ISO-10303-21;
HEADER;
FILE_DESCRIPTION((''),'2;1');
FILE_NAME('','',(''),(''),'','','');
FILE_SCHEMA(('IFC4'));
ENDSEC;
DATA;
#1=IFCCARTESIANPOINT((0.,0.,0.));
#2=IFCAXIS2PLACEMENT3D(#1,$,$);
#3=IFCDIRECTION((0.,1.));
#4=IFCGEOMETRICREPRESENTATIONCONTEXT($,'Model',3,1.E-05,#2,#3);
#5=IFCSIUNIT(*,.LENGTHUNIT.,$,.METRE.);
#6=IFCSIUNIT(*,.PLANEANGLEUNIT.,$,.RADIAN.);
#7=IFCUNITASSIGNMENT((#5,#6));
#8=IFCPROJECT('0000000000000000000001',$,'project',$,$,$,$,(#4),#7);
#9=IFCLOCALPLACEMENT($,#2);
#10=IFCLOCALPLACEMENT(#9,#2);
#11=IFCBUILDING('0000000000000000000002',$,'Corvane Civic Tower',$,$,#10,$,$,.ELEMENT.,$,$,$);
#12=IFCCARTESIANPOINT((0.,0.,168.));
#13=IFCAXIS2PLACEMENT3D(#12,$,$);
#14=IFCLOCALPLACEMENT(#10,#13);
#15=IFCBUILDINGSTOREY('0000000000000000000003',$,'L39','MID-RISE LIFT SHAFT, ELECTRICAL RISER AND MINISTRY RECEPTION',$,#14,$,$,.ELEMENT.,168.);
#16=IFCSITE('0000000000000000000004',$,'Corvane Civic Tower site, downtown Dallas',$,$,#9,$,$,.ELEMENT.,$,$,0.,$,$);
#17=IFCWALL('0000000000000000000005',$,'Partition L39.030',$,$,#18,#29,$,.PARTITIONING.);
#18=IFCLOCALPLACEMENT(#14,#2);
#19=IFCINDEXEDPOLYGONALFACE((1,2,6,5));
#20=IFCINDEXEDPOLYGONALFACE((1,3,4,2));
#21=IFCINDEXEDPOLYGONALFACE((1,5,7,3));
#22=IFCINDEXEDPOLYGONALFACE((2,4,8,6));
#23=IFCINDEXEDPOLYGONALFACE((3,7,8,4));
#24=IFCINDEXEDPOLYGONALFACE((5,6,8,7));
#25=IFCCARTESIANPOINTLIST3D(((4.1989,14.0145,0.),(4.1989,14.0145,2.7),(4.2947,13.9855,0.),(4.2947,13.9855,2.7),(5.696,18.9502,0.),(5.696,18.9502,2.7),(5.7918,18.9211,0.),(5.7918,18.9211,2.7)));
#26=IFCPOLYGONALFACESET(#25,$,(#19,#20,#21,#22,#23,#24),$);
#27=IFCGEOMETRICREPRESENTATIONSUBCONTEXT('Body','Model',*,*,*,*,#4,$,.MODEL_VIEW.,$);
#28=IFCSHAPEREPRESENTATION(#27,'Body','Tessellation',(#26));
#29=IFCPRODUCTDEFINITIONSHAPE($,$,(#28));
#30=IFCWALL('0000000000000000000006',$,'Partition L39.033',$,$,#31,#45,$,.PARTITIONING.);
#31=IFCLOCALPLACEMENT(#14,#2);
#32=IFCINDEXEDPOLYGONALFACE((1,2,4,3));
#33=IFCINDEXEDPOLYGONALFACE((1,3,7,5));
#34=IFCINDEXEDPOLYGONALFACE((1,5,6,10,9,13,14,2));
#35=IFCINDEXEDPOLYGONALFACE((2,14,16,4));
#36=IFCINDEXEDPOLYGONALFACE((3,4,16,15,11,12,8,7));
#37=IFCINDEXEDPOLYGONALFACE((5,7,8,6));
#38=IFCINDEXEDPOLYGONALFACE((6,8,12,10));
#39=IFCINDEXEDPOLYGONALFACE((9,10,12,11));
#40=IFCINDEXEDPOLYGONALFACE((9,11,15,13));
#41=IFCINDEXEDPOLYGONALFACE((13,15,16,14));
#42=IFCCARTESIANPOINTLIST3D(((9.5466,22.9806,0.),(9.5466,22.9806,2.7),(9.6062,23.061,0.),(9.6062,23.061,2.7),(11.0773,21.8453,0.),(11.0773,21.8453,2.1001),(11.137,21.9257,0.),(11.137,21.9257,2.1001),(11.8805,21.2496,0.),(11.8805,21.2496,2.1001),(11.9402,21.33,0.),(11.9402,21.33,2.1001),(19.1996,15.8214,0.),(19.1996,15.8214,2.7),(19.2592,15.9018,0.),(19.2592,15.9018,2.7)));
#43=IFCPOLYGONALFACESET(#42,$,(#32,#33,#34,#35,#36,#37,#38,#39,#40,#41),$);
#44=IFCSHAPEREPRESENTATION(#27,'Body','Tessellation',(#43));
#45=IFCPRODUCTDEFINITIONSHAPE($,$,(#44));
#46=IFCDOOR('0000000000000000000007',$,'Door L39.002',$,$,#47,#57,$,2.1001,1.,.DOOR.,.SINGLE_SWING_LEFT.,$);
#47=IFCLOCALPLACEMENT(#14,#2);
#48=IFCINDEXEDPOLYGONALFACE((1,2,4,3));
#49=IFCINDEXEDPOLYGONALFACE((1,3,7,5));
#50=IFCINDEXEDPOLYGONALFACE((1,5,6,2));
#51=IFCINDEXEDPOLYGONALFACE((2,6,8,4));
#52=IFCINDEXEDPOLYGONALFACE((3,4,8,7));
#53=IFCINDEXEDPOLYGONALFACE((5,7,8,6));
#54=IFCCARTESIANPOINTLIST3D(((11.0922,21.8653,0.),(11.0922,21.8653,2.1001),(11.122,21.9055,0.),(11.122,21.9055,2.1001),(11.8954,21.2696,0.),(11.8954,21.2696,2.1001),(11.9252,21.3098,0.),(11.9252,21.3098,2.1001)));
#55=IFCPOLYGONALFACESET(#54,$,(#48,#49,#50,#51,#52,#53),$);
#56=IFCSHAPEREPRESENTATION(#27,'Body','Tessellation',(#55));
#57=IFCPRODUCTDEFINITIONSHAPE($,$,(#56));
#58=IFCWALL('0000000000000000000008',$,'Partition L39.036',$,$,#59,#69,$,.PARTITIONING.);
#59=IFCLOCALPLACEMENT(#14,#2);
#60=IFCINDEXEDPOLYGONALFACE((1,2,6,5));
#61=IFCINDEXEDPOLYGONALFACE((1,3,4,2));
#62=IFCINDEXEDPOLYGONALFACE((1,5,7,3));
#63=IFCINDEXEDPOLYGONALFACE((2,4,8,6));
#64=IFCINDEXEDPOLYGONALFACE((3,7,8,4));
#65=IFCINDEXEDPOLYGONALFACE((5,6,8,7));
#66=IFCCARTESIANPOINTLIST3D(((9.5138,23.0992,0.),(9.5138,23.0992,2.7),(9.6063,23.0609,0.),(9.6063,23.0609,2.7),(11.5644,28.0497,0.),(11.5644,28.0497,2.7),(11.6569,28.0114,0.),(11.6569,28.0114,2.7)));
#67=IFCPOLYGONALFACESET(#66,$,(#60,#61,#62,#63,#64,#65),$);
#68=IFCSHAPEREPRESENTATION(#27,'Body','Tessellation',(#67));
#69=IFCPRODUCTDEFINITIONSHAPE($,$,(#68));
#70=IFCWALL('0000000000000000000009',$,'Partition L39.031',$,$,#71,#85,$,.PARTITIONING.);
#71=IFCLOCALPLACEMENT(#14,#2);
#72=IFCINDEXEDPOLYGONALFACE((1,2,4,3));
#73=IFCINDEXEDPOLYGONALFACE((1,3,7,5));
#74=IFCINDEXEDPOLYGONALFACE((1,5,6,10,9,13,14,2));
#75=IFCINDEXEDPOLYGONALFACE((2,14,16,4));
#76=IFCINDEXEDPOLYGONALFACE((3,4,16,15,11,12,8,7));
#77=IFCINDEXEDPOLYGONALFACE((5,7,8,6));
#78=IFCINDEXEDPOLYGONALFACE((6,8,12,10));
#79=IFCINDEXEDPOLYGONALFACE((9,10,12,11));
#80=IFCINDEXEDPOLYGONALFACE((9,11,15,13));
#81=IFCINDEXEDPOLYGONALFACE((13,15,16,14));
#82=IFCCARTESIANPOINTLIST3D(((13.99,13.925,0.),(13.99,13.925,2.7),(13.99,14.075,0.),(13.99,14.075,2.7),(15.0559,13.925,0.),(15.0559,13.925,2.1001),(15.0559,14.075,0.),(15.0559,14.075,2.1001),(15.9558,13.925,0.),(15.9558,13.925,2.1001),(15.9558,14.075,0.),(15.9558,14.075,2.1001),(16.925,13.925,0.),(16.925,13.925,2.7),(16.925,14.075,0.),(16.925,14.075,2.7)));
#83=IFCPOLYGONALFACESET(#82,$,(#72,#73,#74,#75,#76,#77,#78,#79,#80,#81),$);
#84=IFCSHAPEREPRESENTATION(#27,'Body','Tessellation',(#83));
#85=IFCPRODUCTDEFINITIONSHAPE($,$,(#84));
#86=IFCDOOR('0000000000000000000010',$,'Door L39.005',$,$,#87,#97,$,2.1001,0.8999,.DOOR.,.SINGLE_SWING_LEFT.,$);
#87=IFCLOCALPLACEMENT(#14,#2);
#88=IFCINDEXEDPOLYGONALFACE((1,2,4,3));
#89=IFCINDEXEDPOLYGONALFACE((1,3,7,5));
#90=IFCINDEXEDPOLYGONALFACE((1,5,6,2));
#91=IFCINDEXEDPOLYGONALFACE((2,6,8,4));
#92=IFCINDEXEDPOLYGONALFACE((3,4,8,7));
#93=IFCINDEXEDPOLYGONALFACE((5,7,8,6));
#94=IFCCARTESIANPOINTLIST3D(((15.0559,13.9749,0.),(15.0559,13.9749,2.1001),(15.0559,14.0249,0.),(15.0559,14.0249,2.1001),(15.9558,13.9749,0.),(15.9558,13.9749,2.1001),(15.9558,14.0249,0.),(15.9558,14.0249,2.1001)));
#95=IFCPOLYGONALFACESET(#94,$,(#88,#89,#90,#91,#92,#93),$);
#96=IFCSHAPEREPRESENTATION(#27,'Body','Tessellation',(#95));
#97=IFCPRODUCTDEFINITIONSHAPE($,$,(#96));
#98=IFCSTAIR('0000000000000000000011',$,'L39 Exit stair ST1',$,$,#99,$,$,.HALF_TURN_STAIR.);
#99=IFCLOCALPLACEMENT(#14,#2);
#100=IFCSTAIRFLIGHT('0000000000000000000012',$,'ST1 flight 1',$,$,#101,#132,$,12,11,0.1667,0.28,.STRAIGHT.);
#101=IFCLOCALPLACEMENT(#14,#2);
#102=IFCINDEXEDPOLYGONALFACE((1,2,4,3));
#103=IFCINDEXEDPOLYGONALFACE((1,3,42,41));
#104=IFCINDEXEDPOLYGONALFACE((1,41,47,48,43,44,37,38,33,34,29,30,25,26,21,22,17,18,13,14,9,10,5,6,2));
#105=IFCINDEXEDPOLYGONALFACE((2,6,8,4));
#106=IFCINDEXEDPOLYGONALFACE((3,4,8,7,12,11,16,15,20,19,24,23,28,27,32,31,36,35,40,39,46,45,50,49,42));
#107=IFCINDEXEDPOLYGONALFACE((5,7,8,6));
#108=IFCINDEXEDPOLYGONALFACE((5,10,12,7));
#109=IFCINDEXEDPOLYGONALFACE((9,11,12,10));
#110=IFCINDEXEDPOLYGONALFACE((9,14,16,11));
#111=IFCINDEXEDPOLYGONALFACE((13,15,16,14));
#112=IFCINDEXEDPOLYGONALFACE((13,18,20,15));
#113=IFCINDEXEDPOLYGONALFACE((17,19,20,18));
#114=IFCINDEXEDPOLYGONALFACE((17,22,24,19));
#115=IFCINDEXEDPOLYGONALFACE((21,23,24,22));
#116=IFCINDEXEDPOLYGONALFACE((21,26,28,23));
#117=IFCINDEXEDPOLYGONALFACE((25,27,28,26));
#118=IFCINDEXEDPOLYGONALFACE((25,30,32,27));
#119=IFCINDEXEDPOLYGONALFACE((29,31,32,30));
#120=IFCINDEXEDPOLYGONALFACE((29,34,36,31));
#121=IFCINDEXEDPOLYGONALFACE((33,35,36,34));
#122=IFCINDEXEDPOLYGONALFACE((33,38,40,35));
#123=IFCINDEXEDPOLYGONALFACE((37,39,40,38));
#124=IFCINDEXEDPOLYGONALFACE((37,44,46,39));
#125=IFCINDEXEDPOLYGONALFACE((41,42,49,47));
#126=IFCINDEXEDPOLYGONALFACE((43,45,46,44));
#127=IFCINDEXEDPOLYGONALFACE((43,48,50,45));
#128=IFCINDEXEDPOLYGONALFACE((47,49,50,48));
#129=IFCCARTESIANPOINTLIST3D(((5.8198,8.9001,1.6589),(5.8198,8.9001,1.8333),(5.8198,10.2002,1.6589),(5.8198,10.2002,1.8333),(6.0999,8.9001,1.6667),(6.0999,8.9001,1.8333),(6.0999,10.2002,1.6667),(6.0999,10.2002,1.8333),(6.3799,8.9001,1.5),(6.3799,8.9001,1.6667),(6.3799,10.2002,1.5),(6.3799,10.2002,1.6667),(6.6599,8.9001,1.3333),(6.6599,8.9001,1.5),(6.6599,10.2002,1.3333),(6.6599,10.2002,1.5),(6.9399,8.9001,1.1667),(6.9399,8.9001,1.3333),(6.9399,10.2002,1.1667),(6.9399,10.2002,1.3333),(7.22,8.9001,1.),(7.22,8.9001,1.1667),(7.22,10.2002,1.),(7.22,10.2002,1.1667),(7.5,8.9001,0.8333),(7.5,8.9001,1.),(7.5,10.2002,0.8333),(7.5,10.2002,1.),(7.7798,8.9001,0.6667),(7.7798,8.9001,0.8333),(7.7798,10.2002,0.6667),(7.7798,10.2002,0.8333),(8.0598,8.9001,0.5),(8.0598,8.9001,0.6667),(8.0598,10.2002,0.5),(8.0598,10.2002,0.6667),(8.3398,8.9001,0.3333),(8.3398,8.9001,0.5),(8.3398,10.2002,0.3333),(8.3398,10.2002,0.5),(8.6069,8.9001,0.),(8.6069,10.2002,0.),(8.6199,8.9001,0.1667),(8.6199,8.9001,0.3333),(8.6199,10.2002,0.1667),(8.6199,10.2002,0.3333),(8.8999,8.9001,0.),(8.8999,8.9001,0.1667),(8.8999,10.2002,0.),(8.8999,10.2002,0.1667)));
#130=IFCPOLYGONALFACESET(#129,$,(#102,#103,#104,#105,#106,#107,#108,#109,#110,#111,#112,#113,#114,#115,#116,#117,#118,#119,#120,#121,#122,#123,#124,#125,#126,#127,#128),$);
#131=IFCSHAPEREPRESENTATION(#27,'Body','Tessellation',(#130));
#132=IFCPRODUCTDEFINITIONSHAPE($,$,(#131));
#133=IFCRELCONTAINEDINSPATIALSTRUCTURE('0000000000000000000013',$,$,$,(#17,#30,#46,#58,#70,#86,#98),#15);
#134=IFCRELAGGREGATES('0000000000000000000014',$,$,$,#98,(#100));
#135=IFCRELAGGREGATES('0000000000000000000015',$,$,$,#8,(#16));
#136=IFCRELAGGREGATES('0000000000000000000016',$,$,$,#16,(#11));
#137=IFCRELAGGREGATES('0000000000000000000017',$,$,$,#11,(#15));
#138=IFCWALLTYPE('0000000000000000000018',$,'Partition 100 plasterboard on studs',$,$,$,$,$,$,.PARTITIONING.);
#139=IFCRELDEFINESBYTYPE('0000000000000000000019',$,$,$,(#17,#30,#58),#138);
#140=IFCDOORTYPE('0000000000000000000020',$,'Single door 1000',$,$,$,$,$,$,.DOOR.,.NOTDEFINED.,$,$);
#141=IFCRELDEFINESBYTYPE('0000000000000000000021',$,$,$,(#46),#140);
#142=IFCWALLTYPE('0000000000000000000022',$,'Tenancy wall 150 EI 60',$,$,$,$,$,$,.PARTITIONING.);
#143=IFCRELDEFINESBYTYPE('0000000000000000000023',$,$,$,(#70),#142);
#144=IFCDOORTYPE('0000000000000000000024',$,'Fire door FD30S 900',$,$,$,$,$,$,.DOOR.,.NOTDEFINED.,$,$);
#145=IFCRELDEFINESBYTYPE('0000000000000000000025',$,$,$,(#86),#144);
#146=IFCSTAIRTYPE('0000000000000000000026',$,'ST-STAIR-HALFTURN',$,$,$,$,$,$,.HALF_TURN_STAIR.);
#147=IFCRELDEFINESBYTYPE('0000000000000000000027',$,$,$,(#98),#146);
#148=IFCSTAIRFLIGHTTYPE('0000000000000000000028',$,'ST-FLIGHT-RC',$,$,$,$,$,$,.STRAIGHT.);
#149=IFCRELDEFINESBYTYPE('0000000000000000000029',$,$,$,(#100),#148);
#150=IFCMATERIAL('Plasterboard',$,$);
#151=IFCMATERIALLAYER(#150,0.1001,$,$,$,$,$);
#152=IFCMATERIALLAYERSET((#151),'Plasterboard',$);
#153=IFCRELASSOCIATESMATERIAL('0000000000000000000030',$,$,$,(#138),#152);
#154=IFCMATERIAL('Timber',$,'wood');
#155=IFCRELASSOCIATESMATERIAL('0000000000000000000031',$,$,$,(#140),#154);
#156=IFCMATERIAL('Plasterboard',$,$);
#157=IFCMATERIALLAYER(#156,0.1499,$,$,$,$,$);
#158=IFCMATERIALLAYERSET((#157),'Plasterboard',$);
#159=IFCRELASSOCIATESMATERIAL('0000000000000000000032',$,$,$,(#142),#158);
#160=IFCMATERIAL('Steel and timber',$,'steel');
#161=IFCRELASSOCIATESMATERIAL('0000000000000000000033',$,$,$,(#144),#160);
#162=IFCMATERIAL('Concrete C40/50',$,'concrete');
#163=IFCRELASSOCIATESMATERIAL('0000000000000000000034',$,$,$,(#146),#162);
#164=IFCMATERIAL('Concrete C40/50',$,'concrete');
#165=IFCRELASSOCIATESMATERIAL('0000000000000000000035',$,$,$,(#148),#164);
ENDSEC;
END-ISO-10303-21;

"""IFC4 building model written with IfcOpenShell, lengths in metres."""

from ifc_helpers import new_model, si_unit, direction, frame, frame_2d, origin, place, context, subcontext, project, spatial, polyline, rectangle, outline, extrude, material, layer, layer_set, type_object, element, fill, aggregate, save


model = new_model("IFC4")

# Units and contexts
model_context = context("Model", 3, precision=1e-05, world=origin(), true_north=direction((0.0, 1.0)))
body_context = subcontext(model_context, "Body", "Model", "MODEL_VIEW")
ifc_project = project(units=[si_unit("LENGTHUNIT", "METRE"), si_unit("PLANEANGLEUNIT", "RADIAN")], contexts=[model_context])

# Site, building, storey
site_placement = place(None, origin())
site = spatial("IfcSite", under=ifc_project, at=site_placement, Name="Corvane Civic Tower site, downtown Dallas", CompositionType="ELEMENT", RefElevation=0.0)
building_placement = place(site_placement, origin())
building = spatial("IfcBuilding", under=site, at=building_placement, Name="Corvane Civic Tower", CompositionType="ELEMENT")
storey_placement = place(building_placement, frame((0.0, 0.0, 168.0)))
storey = spatial("IfcBuildingStorey", under=building, at=storey_placement, Name="L39", Description="MID-RISE LIFT SHAFT, ELECTRICAL RISER AND MINISTRY RECEPTION", CompositionType="ELEMENT", Elevation=168.0)

# Wall
ifc_material_1 = material(Name="Plasterboard")
ifc_layer_1 = layer(ifc_material_1, 0.1001)
ifc_layer_set_1 = layer_set([ifc_layer_1], Name="Plasterboard")
wall_type_1 = type_object("IfcWallType", Name="Partition 100 plasterboard on studs", PredefinedType="PARTITIONING", material=ifc_layer_set_1)
wall_1_placement = place(storey_placement, frame((4.2468, 14.0, 0.0), z_axis=(0.0, 0.0, 1.0), x_axis=(0.290265, 0.956946, 0.0)))
element("IfcWall", 1, at=wall_1_placement, inside=storey, type_object=wall_type_1, Name="Partition L39.030", PredefinedType="PARTITIONING", context=body_context, shape_type="SweptSolid", body=[
    extrude(rectangle(XDim=5.1577, YDim=0.1001, at=frame_2d((2.5789, 0.0))), origin(), (0.0, 0.0, 1.0), 2.7),
])

# Wall, opening, door
wall_2_placement = place(storey_placement, frame((9.5764, 23.0208, 0.0), z_axis=(0.0, 0.0, 1.0), x_axis=(0.803209, -0.595698, 0.0)))
wall_2 = element("IfcWall", 2, at=wall_2_placement, inside=storey, type_object=wall_type_1, Name="Partition L39.033", PredefinedType="PARTITIONING", context=body_context, shape_type="SweptSolid", body=[
    extrude(rectangle(XDim=12.0181, YDim=0.1001, at=frame_2d((6.009, 0.0))), origin(), (0.0, 0.0, 1.0), 2.7),
])
opening_1_placement = place(wall_2_placement, frame((1.9058, 0.0, 0.0)))
opening_1 = element("IfcOpeningElement", 3, at=opening_1_placement, cuts=wall_2, PredefinedType="OPENING", context=body_context, shape_type="SweptSolid", body=[
    extrude(rectangle(XDim=1.0, YDim=2.1001, at=frame_2d((0.5, 1.05))), frame((0.0, 0.0601, 0.0), z_axis=(0.0, -1.0, 0.0), x_axis=(1.0, 0.0, 0.0)), (0.0, 0.0, 1.0), 0.1201),
])
ifc_material_2 = material(Name="Timber", Category="wood")
door_type_1 = type_object("IfcDoorType", Name="Single door 1000", OperationType="NOTDEFINED", PredefinedType="DOOR", material=ifc_material_2)
door_1_placement = place(opening_1_placement, origin())
door_1 = element("IfcDoor", 4, at=door_1_placement, inside=storey, type_object=door_type_1, Name="Door L39.002", OperationType="SINGLE_SWING_LEFT", OverallHeight=2.1001, OverallWidth=1.0, PredefinedType="DOOR", context=body_context, shape_type="SweptSolid", body=[
    extrude(rectangle(XDim=1.0, YDim=2.1001, at=frame_2d((0.5, 1.05))), frame((0.0, 0.0249, 0.0), z_axis=(0.0, -1.0, 0.0), x_axis=(1.0, 0.0, 0.0)), (0.0, 0.0, 1.0), 0.05),
])
fill(opening_1, door_1)

# Wall
wall_3_placement = place(storey_placement, frame((9.5601, 23.0801, 0.0), z_axis=(0.0, 0.0, 1.0), x_axis=(0.382683, 0.92388, 0.0)))
element("IfcWall", 5, at=wall_3_placement, inside=storey, type_object=wall_type_1, Name="Partition L39.036", PredefinedType="PARTITIONING", context=body_context, shape_type="SweptSolid", body=[
    extrude(rectangle(XDim=5.3584, YDim=0.1001, at=frame_2d((2.6792, 0.0))), origin(), (0.0, 0.0, 1.0), 2.7),
])

# Wall, opening, door
ifc_material_3 = material(Name="Plasterboard")
ifc_layer_2 = layer(ifc_material_3, 0.1499)
ifc_layer_set_2 = layer_set([ifc_layer_2], Name="Plasterboard")
wall_type_2 = type_object("IfcWallType", Name="Tenancy wall 150 EI 60", PredefinedType="PARTITIONING", material=ifc_layer_set_2)
wall_4_placement = place(storey_placement, frame((13.99, 14.0, 0.0), z_axis=(0.0, 0.0, 1.0), x_axis=(1.0, 0.0, 0.0)))
wall_4 = element("IfcWall", 6, at=wall_4_placement, inside=storey, type_object=wall_type_2, Name="Partition L39.031", PredefinedType="PARTITIONING", context=body_context, shape_type="SweptSolid", body=[
    extrude(rectangle(XDim=2.9351, YDim=0.1499, at=frame_2d((1.4675, 0.0))), origin(), (0.0, 0.0, 1.0), 2.7),
])
opening_2_placement = place(wall_4_placement, frame((1.0659, 0.0, 0.0)))
opening_2 = element("IfcOpeningElement", 7, at=opening_2_placement, cuts=wall_4, PredefinedType="OPENING", context=body_context, shape_type="SweptSolid", body=[
    extrude(rectangle(XDim=0.8999, YDim=2.1001, at=frame_2d((0.45, 1.05))), frame((0.0, 0.085, 0.0), z_axis=(0.0, -1.0, 0.0), x_axis=(1.0, 0.0, 0.0)), (0.0, 0.0, 1.0), 0.1699),
])
ifc_material_4 = material(Name="Steel and timber", Category="steel")
door_type_2 = type_object("IfcDoorType", Name="Fire door FD30S 900", OperationType="NOTDEFINED", PredefinedType="DOOR", material=ifc_material_4)
door_2_placement = place(opening_2_placement, origin())
door_2 = element("IfcDoor", 8, at=door_2_placement, inside=storey, type_object=door_type_2, Name="Door L39.005", OperationType="SINGLE_SWING_LEFT", OverallHeight=2.1001, OverallWidth=0.8999, PredefinedType="DOOR", context=body_context, shape_type="SweptSolid", body=[
    extrude(rectangle(XDim=0.8999, YDim=2.1001, at=frame_2d((0.45, 1.05))), frame((0.0, 0.0249, 0.0), z_axis=(0.0, -1.0, 0.0), x_axis=(1.0, 0.0, 0.0)), (0.0, 0.0, 1.0), 0.05),
])
fill(opening_2, door_2)

# Stair, stair flight
ifc_material_5 = material(Name="Concrete C40/50", Category="concrete")
stair_type = type_object("IfcStairType", Name="ST-STAIR-HALFTURN", PredefinedType="HALF_TURN_STAIR", material=ifc_material_5)
stair_placement = place(storey_placement, origin())
stair = element("IfcStair", 9, at=stair_placement, inside=storey, type_object=stair_type, Name="L39 Exit stair ST1", PredefinedType="HALF_TURN_STAIR")
ifc_material_6 = material(Name="Concrete C40/50", Category="concrete")
stair_flight_type = type_object("IfcStairFlightType", Name="ST-FLIGHT-RC", PredefinedType="STRAIGHT", material=ifc_material_6)
stair_flight_placement = place(storey_placement, frame((8.8999, 9.55, 0.0), z_axis=(0.0, 0.0, 1.0), x_axis=(-1.0, 0.0, 0.0)))
stair_flight = element("IfcStairFlight", 10, at=stair_flight_placement, type_object=stair_flight_type, Name="ST1 flight 1", NumberOfRisers=12, NumberOfTreads=11, PredefinedType="STRAIGHT", RiserHeight=0.1667, TreadLength=0.28, context=body_context, shape_type="SweptSolid", body=[
    extrude(outline(polyline([(0.0, 0.0), (0.0, 0.1667), (0.28, 0.1667), (0.28, 0.3333), (0.5601, 0.3333), (0.5601, 0.5), (0.8401, 0.5), (0.8401, 0.6667), (1.1201, 0.6667), (1.1201, 0.8333), (1.3999, 0.8333), (1.3999, 1.0), (1.6799, 1.0), (1.6799, 1.1667), (1.96, 1.1667), (1.96, 1.3333), (2.24, 1.3333), (2.24, 1.5), (2.52, 1.5), (2.52, 1.6667), (2.8, 1.6667), (2.8, 1.8333), (3.0801, 1.8333), (3.0801, 2.0), (3.0801, 1.6589), (0.293, 0.0), (0.0, 0.0)])), frame((0.0, 0.6499, 0.0), z_axis=(0.0, -1.0, 0.0), x_axis=(1.0, 0.0, 0.0)), (0.0, 0.0, 1.0), 1.3),
])
aggregate(stair, [stair_flight])

save(model, "model.ifc")
